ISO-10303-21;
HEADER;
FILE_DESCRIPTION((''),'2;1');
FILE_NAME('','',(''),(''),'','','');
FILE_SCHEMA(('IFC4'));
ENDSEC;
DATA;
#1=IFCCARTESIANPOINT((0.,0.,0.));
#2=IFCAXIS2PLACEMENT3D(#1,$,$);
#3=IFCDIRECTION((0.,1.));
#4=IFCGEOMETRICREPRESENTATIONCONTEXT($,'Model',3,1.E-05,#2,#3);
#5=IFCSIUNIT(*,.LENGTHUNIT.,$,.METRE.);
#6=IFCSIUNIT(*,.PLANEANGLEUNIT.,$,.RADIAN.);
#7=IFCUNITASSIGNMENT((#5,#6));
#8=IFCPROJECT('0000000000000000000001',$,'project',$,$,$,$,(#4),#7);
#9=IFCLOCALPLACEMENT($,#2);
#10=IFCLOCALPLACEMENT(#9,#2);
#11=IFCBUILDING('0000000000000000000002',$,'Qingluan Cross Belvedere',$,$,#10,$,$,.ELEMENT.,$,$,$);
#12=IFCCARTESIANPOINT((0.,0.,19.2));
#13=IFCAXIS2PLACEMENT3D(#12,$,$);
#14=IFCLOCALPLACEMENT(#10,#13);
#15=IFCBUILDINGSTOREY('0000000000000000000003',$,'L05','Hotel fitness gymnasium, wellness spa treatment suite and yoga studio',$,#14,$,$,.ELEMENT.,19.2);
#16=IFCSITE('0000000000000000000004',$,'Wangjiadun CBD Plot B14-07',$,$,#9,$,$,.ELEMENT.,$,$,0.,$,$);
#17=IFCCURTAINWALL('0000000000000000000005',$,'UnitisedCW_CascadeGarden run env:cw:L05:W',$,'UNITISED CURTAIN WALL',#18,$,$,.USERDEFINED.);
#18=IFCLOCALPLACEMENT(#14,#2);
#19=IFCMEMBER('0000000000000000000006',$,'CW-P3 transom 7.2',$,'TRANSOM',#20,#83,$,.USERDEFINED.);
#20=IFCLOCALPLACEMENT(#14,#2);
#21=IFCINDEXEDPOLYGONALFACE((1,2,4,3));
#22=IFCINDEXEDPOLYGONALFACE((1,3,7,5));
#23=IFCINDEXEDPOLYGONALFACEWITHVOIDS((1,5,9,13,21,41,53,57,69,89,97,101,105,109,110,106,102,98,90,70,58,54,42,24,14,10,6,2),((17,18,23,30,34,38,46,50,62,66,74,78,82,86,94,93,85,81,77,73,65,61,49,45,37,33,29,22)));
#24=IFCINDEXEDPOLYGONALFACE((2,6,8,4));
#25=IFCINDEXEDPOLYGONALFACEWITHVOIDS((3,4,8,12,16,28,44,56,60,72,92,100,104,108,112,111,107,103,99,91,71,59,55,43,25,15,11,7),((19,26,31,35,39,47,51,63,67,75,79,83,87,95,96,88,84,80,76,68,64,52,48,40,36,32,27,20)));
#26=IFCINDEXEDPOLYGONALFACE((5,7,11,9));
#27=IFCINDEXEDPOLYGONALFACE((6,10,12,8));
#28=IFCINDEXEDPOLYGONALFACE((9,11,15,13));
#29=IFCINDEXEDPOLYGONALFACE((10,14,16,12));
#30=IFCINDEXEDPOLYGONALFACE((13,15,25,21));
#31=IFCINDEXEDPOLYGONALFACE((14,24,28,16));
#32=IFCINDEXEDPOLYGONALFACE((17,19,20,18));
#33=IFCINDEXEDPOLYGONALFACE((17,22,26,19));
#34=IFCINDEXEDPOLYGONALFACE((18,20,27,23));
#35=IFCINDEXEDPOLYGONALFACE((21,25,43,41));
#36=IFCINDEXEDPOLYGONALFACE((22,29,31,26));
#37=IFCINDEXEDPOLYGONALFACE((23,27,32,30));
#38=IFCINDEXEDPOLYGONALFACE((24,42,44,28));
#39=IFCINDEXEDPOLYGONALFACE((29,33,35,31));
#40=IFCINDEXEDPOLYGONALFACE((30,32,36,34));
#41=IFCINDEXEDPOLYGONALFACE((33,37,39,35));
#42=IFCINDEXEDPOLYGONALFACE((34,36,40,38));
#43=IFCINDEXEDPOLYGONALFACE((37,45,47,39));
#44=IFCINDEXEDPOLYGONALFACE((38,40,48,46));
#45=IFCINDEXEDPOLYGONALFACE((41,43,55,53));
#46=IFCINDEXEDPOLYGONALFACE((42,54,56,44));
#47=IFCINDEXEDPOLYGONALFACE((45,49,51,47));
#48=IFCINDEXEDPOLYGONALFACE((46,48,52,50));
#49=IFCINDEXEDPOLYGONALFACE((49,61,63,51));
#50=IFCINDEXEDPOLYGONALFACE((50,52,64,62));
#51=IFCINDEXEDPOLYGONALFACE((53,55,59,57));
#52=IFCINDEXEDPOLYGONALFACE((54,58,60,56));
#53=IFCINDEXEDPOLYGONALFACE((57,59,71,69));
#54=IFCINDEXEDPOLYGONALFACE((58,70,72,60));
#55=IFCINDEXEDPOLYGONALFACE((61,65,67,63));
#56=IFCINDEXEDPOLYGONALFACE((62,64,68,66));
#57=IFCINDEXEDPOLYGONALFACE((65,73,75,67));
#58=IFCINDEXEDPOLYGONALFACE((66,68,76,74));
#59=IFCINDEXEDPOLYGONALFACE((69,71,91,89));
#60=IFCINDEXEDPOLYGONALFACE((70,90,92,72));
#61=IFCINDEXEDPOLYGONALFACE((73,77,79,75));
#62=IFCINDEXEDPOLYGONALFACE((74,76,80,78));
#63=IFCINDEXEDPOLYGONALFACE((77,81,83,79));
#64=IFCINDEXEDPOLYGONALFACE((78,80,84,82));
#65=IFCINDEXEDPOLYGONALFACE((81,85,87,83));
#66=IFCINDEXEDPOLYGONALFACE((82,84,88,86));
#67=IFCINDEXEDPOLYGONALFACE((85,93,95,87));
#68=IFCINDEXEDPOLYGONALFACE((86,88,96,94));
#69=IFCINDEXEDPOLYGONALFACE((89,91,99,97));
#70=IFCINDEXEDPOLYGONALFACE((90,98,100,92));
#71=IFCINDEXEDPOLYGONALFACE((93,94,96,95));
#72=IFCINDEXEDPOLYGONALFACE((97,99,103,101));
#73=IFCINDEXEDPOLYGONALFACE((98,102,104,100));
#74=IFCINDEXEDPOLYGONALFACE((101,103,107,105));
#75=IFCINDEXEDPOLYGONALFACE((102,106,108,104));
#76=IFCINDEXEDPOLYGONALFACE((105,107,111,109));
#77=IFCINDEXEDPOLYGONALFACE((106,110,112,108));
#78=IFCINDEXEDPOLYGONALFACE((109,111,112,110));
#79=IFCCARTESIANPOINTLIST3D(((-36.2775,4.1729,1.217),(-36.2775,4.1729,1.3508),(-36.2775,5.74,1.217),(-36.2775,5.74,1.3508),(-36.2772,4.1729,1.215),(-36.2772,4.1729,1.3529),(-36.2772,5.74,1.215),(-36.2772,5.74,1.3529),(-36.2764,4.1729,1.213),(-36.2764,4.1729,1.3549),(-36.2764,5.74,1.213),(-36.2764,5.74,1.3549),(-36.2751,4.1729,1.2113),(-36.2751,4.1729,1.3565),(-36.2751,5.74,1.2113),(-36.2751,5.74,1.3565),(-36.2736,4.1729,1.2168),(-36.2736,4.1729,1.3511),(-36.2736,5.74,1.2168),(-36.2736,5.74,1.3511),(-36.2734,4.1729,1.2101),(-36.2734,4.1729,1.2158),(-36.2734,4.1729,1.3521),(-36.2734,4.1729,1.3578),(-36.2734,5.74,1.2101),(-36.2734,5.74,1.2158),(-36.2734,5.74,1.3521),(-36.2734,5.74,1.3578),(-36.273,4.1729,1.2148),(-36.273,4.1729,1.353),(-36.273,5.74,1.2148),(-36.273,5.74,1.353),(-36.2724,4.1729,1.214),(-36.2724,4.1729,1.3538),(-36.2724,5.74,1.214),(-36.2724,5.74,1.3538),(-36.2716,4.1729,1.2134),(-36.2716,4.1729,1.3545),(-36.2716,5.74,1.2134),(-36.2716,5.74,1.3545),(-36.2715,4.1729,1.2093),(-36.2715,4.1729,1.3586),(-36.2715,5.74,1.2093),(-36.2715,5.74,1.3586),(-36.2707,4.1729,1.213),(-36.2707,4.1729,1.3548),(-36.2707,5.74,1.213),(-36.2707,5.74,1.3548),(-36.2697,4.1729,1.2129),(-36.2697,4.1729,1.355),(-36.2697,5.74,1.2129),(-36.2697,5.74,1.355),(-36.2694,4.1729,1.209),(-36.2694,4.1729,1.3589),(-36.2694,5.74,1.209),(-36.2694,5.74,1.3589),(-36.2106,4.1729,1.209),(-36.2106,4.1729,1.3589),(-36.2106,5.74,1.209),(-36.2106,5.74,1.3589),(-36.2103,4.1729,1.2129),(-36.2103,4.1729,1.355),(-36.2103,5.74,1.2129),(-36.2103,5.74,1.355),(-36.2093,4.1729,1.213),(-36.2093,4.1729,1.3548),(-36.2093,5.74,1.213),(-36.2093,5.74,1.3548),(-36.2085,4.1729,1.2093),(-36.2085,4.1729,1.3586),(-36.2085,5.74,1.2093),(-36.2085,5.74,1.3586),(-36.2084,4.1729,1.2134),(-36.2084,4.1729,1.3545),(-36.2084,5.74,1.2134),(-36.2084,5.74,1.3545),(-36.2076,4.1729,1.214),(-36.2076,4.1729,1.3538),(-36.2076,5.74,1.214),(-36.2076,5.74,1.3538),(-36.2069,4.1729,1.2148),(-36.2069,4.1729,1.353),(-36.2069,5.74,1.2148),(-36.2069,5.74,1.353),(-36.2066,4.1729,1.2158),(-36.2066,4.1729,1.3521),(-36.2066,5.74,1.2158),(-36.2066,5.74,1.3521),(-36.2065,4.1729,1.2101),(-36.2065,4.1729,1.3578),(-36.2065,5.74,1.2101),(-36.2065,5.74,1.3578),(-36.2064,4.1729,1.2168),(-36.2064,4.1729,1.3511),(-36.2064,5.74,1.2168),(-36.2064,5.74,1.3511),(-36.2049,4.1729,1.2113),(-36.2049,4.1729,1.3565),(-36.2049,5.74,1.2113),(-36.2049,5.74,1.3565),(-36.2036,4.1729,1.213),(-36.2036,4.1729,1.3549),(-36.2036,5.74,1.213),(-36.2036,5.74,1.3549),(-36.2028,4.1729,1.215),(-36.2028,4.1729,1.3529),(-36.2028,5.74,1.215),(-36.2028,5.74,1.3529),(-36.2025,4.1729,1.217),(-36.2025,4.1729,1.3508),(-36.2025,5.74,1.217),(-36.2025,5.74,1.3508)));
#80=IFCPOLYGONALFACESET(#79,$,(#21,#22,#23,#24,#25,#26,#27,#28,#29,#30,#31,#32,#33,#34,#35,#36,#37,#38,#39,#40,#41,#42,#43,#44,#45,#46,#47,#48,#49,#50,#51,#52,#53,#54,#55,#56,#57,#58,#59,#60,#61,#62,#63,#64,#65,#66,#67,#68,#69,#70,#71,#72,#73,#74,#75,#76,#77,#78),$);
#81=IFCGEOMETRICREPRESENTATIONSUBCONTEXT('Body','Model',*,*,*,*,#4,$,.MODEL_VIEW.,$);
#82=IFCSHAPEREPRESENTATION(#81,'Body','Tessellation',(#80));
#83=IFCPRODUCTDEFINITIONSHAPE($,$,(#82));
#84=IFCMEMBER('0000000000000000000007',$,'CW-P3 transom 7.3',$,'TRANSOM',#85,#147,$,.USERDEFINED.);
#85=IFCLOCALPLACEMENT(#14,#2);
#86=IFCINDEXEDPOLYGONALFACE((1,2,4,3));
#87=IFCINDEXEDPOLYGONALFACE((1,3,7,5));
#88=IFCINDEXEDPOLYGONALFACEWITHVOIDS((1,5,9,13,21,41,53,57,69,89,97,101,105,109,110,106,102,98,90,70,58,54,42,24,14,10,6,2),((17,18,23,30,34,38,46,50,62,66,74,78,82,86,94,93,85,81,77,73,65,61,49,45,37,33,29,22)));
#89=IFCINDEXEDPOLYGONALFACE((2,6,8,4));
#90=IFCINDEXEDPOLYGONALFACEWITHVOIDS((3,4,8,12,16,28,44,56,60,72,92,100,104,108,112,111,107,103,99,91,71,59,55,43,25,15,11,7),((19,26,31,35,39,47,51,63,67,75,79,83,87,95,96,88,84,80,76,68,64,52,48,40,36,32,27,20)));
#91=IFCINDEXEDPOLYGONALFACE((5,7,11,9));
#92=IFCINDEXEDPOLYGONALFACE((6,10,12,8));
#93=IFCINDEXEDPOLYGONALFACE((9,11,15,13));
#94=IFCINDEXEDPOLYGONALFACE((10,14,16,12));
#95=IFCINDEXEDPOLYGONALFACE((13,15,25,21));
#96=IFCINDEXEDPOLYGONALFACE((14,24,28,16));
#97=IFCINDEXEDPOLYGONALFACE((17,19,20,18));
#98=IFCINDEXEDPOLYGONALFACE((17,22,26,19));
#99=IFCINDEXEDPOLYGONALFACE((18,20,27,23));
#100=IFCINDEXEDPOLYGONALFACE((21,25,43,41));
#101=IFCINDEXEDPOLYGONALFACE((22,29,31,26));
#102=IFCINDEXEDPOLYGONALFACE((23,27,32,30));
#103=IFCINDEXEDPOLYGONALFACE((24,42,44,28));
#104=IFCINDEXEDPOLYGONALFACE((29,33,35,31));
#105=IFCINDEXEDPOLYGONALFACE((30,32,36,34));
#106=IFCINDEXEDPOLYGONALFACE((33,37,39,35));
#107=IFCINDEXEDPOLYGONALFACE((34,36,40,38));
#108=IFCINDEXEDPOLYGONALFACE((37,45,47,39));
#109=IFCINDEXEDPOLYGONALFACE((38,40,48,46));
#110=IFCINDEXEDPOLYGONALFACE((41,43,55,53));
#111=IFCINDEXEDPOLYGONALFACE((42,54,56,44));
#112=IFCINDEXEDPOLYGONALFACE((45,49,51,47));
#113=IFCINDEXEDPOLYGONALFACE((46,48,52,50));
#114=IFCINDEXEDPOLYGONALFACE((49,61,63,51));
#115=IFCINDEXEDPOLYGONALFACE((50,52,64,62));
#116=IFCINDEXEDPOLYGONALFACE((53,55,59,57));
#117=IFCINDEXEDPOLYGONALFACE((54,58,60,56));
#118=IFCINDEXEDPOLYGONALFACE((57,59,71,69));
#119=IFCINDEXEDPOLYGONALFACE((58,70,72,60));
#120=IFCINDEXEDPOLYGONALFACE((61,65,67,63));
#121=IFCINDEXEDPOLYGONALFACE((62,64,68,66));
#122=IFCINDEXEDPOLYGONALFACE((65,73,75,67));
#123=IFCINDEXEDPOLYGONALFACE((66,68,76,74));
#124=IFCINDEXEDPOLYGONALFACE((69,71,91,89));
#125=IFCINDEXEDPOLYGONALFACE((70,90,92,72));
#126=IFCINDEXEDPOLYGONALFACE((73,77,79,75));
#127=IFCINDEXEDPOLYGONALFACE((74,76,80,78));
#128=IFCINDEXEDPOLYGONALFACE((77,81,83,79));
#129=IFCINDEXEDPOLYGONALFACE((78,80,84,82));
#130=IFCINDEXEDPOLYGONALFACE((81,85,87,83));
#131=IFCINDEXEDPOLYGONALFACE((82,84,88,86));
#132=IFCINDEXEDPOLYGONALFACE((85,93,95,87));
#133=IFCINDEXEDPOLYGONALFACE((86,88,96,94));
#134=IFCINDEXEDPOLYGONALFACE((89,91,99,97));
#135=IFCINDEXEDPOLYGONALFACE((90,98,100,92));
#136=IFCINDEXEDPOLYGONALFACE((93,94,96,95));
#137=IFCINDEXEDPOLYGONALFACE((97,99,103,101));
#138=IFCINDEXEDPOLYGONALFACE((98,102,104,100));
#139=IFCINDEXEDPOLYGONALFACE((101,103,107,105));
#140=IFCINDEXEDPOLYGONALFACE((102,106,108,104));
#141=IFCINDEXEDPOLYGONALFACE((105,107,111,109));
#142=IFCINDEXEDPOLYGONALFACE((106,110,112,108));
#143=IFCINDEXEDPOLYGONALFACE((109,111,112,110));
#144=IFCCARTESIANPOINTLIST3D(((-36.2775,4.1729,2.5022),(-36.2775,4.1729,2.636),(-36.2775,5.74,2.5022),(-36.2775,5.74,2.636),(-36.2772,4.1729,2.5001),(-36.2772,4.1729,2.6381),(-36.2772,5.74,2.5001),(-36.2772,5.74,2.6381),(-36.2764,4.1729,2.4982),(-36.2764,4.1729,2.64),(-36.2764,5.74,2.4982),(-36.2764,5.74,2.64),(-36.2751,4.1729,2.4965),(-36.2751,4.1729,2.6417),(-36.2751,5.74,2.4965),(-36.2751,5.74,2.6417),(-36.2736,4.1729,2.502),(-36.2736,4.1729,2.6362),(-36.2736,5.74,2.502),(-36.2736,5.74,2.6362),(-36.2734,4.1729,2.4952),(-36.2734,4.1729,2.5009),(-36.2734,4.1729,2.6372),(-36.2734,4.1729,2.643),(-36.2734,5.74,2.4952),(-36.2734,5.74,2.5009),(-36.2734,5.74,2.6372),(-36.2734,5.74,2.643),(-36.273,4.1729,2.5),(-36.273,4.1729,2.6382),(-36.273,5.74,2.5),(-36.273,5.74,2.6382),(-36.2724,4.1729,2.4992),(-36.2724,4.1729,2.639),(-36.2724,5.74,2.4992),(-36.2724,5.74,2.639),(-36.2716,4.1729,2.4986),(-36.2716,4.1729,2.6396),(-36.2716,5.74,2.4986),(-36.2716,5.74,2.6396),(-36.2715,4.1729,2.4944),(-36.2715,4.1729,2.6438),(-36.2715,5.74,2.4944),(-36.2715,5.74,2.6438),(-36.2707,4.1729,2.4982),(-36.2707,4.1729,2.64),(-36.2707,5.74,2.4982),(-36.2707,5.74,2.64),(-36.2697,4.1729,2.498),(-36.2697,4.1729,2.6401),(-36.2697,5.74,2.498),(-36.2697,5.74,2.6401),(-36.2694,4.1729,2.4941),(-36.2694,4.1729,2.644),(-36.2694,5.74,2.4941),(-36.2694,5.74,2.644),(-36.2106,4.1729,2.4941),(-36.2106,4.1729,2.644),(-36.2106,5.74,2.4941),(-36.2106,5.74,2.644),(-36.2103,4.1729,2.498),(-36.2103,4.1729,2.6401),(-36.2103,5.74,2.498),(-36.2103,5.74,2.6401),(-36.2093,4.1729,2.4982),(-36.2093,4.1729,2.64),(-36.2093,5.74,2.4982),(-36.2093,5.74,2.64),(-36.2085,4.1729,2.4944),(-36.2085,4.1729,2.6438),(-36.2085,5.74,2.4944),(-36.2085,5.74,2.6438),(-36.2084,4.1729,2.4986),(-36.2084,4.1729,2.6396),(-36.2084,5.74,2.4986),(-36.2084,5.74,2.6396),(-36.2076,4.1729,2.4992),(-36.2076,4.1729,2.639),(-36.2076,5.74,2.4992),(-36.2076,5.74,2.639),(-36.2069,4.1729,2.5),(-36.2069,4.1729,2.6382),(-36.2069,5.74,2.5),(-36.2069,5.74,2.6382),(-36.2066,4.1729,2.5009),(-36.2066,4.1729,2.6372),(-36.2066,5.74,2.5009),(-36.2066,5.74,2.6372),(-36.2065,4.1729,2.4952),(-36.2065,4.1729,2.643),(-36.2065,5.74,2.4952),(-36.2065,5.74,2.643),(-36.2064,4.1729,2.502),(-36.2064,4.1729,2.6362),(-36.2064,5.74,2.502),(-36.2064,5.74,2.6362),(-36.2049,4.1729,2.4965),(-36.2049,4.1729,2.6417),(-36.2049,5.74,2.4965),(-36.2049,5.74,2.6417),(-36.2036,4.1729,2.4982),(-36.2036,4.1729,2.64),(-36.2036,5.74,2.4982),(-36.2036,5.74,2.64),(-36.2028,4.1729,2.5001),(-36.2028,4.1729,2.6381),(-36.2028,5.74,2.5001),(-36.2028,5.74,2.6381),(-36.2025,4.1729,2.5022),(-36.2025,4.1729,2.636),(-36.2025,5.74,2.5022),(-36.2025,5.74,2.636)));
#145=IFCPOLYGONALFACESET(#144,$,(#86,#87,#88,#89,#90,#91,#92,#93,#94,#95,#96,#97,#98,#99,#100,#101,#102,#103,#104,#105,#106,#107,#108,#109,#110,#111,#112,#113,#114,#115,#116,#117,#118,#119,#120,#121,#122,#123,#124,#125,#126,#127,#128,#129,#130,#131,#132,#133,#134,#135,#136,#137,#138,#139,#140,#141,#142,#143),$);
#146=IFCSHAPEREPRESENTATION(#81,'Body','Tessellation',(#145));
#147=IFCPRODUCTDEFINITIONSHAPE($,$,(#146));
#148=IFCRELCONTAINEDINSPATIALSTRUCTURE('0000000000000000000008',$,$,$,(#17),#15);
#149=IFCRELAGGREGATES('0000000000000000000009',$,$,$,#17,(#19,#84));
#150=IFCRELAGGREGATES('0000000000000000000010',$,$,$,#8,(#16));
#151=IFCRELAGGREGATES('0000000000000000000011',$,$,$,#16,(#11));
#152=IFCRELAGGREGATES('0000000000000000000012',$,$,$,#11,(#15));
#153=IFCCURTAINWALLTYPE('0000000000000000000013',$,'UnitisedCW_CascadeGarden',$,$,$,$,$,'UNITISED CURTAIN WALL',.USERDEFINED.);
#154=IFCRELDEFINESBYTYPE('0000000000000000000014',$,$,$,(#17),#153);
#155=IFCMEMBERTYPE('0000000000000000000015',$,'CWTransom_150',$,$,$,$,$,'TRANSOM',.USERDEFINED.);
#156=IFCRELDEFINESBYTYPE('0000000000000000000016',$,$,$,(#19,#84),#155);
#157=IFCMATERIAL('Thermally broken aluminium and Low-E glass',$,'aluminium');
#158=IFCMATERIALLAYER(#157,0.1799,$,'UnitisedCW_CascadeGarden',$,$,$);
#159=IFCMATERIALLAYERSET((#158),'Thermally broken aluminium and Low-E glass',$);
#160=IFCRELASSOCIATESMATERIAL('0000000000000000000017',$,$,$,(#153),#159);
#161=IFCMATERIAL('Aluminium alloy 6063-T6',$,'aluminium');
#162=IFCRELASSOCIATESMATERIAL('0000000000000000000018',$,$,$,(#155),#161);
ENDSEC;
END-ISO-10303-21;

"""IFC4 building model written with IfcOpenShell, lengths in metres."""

from ifc_helpers import new_model, si_unit, direction, frame, origin, origin_2d, place, context, subcontext, project, spatial, hollow_rectangle, extrude, material, layer, layer_set, material_profile, profile_set, type_object, element, aggregate, save


model = new_model("IFC4")

# Units and contexts
model_context = context("Model", 3, precision=1e-05, world=origin(), true_north=direction((0.0, 1.0)))
body_context = subcontext(model_context, "Body", "Model", "MODEL_VIEW")
ifc_project = project(units=[si_unit("LENGTHUNIT", "METRE"), si_unit("PLANEANGLEUNIT", "RADIAN")], contexts=[model_context])

# Site, building, storey
site_placement = place(None, origin())
site = spatial("IfcSite", under=ifc_project, at=site_placement, Name="Wangjiadun CBD Plot B14-07", CompositionType="ELEMENT", RefElevation=0.0)
building_placement = place(site_placement, origin())
building = spatial("IfcBuilding", under=site, at=building_placement, Name="Qingluan Cross Belvedere", CompositionType="ELEMENT")
storey_placement = place(building_placement, frame((0.0, 0.0, 19.2)))
storey = spatial("IfcBuildingStorey", under=building, at=storey_placement, Name="L05", Description="Hotel fitness gymnasium, wellness spa treatment suite and yoga studio", CompositionType="ELEMENT", Elevation=19.2)

# Curtain wall, members
ifc_material_1 = material(Name="Thermally broken aluminium and Low-E glass", Category="aluminium")
ifc_layer_1 = layer(ifc_material_1, 0.1799, Name="UnitisedCW_CascadeGarden")
ifc_layer_set_1 = layer_set([ifc_layer_1], Name="Thermally broken aluminium and Low-E glass")
curtain_wall_type = type_object("IfcCurtainWallType", Name="UnitisedCW_CascadeGarden", ElementType="UNITISED CURTAIN WALL", PredefinedType="USERDEFINED", material=ifc_layer_set_1)
curtain_wall_placement = place(storey_placement, origin())
curtain_wall = element("IfcCurtainWall", 1, at=curtain_wall_placement, inside=storey, type_object=curtain_wall_type, Name="UnitisedCW_CascadeGarden run env:cw:L05:W", ObjectType="UNITISED CURTAIN WALL", PredefinedType="USERDEFINED")
ifc_material_2 = material(Name="Aluminium alloy 6063-T6", Category="aluminium")
ifc_material_profile_1 = material_profile(ifc_material_2, hollow_rectangle(XDim=0.075, YDim=0.1499, WallThickness=0.0039, InnerFilletRadius=0.0039, OuterFilletRadius=0.0081, at=origin_2d()), Name="CWT150x75x4")
ifc_profile_set_1 = profile_set([ifc_material_profile_1], Name="Aluminium alloy 6063-T6")
member_type_1 = type_object("IfcMemberType", Name="CWTransom_150", ElementType="TRANSOM", PredefinedType="USERDEFINED", material=ifc_profile_set_1)
member_1_placement = place(storey_placement, frame((-36.24, 4.1729, 1.2839), z_axis=(0.0, 1.0, 0.0), x_axis=(-1.0, 0.0, 0.0)))
member_1 = element("IfcMember", 2, at=member_1_placement, type_object=member_type_1, Name="CW-P3 transom 7.2", ObjectType="TRANSOM", PredefinedType="USERDEFINED", context=body_context, shape_type="SweptSolid", body=[
    extrude(hollow_rectangle(XDim=0.075, YDim=0.1499, WallThickness=0.0039, InnerFilletRadius=0.0039, OuterFilletRadius=0.0081, at=origin_2d()), origin(), (0.0, 0.0, 1.0), 1.5671),
])
member_2_placement = place(storey_placement, frame((-36.24, 4.1729, 2.5691), z_axis=(0.0, 1.0, 0.0), x_axis=(-1.0, 0.0, 0.0)))
member_2 = element("IfcMember", 3, at=member_2_placement, type_object=member_type_1, Name="CW-P3 transom 7.3", ObjectType="TRANSOM", PredefinedType="USERDEFINED", context=body_context, shape_type="SweptSolid", body=[
    extrude(hollow_rectangle(XDim=0.075, YDim=0.1499, WallThickness=0.0039, InnerFilletRadius=0.0039, OuterFilletRadius=0.0081, at=origin_2d()), origin(), (0.0, 0.0, 1.0), 1.5671),
])

aggregate(curtain_wall, [member_1, member_2])

save(model, "model.ifc")
